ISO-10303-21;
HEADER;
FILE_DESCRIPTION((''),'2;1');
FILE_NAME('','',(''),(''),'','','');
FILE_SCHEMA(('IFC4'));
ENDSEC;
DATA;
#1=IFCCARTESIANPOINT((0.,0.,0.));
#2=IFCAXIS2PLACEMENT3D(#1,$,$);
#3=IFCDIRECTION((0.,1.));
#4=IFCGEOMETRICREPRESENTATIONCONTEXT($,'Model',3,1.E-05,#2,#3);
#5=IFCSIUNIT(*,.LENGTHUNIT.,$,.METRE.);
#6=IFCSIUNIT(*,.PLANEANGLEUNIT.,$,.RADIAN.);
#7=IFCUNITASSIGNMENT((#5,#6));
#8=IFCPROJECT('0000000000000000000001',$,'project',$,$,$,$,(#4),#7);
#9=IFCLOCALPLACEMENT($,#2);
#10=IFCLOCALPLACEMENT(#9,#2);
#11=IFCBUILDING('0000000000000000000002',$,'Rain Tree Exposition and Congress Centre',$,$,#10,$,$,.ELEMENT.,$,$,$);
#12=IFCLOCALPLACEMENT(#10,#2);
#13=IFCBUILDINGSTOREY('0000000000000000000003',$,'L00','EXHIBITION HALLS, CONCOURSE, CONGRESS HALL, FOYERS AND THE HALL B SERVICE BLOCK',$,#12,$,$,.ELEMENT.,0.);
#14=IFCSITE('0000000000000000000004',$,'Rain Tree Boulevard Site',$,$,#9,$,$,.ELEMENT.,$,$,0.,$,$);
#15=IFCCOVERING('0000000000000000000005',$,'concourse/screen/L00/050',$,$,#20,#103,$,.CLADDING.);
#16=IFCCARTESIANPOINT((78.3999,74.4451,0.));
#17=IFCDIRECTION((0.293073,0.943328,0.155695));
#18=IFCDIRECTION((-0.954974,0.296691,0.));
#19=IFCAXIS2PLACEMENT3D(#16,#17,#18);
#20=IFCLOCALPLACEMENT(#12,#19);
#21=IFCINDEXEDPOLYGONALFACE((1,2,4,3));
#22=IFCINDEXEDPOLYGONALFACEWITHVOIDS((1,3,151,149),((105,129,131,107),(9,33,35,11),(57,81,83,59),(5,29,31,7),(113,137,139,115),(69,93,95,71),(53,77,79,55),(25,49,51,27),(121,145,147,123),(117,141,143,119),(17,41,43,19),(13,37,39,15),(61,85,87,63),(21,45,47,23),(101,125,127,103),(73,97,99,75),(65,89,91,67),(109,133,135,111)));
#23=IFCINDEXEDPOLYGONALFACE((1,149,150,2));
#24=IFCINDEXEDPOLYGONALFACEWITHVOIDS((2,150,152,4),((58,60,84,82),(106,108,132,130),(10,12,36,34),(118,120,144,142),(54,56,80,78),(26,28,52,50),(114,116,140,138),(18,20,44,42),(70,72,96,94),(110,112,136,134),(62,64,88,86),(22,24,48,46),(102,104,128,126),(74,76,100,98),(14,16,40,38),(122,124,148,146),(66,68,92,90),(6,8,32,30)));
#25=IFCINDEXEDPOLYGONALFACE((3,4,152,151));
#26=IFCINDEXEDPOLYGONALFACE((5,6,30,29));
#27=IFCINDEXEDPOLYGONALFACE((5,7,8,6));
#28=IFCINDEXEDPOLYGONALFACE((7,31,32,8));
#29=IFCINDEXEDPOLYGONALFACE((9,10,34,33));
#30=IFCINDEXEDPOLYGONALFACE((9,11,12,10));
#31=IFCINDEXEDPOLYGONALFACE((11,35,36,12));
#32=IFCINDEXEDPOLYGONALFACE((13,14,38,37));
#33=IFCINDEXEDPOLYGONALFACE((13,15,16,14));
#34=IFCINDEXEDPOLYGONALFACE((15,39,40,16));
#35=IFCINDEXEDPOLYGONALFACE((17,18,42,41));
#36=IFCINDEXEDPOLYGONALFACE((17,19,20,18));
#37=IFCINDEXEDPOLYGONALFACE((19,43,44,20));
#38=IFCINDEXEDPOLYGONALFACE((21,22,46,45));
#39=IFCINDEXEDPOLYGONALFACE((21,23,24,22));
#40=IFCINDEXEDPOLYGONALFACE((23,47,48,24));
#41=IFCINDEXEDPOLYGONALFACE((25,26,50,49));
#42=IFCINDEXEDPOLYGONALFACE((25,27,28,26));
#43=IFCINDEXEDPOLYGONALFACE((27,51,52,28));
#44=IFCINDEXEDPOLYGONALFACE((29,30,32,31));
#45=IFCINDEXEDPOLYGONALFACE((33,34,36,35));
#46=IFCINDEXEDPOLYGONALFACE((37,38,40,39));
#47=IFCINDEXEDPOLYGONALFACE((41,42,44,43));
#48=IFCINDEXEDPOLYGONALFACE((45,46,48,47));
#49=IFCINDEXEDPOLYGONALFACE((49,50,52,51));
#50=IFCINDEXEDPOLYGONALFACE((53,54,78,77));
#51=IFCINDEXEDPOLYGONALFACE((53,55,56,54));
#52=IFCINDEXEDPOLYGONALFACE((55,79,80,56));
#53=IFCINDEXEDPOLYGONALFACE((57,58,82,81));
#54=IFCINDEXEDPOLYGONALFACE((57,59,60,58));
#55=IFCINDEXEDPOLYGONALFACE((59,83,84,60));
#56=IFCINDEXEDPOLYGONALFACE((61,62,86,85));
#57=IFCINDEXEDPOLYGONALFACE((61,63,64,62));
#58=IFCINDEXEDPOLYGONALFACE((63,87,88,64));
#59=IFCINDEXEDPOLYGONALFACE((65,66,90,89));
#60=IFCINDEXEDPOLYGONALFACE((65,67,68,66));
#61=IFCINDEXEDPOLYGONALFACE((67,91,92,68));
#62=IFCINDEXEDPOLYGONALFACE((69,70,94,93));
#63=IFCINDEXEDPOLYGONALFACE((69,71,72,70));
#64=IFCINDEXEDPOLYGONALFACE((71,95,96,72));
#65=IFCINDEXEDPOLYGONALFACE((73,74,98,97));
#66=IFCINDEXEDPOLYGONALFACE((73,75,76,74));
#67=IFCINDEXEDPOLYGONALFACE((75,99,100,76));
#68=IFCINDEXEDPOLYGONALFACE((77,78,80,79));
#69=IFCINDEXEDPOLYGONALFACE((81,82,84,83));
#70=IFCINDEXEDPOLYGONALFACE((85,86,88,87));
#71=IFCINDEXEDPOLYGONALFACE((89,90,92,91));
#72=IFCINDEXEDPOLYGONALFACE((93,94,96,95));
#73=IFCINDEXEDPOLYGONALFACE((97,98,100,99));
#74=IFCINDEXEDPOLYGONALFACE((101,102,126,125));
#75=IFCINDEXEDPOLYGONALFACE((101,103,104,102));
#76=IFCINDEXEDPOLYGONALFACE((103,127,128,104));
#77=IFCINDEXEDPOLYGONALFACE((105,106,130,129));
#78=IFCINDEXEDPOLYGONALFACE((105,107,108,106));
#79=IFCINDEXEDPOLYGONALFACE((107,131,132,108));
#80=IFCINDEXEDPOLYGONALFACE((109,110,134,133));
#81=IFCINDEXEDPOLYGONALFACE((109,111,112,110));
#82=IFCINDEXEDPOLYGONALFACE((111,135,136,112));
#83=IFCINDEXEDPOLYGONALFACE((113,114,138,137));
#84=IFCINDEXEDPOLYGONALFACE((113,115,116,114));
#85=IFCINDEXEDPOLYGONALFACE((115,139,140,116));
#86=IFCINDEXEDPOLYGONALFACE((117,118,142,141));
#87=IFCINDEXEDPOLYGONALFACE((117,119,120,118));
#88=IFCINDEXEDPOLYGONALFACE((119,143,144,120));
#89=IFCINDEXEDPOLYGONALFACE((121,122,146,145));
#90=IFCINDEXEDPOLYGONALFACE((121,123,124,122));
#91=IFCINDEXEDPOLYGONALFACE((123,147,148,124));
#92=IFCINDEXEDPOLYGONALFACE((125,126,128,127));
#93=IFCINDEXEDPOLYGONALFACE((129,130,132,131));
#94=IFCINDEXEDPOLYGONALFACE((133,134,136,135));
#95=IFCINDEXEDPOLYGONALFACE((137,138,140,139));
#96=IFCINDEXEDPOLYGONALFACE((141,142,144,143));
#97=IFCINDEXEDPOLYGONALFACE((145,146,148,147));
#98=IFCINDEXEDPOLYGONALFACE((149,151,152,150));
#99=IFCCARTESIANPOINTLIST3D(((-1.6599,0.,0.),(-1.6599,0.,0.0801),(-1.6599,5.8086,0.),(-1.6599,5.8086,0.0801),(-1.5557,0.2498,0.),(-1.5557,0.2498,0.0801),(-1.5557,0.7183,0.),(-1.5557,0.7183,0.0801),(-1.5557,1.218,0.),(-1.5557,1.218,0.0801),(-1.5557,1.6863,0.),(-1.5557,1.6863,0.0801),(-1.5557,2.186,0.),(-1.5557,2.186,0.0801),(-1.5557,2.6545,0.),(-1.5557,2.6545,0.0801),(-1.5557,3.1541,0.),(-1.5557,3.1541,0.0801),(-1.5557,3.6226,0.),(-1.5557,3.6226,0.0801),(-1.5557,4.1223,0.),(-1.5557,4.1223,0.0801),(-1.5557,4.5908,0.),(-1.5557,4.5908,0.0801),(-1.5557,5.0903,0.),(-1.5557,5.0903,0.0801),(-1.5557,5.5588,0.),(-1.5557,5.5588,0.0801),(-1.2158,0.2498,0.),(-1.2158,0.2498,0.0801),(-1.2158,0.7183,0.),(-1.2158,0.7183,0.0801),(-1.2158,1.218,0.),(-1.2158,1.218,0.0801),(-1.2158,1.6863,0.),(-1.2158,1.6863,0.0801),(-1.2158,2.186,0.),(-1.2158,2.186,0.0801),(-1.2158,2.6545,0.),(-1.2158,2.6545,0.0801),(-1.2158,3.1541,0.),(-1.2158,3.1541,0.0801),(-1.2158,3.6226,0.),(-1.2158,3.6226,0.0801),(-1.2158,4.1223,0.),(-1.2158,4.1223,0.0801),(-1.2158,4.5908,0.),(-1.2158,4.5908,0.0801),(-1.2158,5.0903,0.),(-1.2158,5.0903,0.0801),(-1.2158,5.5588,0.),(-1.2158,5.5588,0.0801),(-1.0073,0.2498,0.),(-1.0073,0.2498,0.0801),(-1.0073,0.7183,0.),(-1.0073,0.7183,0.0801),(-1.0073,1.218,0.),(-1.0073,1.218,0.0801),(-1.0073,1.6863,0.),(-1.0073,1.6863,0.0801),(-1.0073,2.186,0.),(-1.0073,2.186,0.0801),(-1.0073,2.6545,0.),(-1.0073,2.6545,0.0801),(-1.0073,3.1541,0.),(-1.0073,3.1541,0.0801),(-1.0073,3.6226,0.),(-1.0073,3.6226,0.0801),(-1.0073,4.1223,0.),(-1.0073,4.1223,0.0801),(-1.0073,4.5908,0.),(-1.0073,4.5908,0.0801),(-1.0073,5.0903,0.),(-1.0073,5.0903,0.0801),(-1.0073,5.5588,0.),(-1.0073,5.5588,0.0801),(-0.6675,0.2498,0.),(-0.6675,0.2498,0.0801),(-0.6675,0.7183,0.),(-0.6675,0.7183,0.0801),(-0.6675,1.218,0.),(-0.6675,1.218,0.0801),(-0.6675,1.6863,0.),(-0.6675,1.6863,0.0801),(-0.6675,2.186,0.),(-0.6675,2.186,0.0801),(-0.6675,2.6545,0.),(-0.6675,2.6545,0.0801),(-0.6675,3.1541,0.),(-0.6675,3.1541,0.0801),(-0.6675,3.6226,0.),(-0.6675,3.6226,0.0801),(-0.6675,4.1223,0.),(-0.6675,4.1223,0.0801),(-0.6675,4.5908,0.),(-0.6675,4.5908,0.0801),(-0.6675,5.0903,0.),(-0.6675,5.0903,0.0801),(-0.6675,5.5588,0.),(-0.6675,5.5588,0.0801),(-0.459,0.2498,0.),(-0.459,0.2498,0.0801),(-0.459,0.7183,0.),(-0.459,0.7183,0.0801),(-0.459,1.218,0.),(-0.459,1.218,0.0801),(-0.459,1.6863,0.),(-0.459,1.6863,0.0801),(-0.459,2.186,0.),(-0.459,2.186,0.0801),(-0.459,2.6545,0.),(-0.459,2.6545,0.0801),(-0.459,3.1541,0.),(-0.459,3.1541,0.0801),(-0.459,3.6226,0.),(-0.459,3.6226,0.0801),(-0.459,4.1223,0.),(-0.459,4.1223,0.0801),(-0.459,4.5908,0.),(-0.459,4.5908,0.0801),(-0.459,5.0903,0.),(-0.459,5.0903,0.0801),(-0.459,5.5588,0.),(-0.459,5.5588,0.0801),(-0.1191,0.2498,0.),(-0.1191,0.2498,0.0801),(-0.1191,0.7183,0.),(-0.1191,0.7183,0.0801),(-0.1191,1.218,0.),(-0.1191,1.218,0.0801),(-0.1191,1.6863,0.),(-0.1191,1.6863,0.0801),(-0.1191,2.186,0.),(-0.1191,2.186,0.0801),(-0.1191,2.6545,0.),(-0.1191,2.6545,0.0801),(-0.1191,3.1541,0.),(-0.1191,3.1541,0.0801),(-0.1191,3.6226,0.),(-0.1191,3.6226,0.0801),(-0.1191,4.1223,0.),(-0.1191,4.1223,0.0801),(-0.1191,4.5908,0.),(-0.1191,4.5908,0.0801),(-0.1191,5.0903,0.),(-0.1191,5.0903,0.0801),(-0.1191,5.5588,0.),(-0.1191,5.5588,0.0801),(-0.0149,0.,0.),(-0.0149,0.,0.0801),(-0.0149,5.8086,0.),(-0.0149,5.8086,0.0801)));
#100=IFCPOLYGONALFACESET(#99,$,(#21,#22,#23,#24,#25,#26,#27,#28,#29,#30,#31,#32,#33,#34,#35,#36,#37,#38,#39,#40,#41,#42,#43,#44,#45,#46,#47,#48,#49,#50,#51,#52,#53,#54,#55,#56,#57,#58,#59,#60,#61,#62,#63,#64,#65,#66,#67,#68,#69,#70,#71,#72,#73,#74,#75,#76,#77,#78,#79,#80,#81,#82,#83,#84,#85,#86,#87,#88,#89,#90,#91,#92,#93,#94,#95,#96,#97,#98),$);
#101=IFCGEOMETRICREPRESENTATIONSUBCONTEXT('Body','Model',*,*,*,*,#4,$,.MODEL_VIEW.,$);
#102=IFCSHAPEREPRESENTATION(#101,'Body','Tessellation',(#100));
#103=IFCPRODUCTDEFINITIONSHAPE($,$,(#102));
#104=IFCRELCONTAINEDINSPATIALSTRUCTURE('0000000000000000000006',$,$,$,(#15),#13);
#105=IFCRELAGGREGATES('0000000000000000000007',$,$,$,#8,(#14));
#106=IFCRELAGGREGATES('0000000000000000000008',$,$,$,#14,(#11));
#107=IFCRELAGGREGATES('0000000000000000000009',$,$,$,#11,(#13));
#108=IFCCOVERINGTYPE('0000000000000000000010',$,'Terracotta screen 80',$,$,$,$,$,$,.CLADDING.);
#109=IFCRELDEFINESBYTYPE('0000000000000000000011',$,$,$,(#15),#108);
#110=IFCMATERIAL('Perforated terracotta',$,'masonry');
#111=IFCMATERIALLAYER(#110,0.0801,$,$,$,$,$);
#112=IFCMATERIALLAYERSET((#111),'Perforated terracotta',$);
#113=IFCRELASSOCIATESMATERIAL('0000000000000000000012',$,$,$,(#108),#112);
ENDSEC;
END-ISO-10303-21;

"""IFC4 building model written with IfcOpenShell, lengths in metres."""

from ifc_helpers import new_model, si_unit, direction, frame, origin, place, context, subcontext, project, spatial, polyline, outline, extrude, material, layer, layer_set, type_object, element, save


model = new_model("IFC4")

# Units and contexts
model_context = context("Model", 3, precision=1e-05, world=origin(), true_north=direction((0.0, 1.0)))
body_context = subcontext(model_context, "Body", "Model", "MODEL_VIEW")
ifc_project = project(units=[si_unit("LENGTHUNIT", "METRE"), si_unit("PLANEANGLEUNIT", "RADIAN")], contexts=[model_context])

# Site, building, storey
site_placement = place(None, origin())
site = spatial("IfcSite", under=ifc_project, at=site_placement, Name="Rain Tree Boulevard Site", CompositionType="ELEMENT", RefElevation=0.0)
building_placement = place(site_placement, origin())
building = spatial("IfcBuilding", under=site, at=building_placement, Name="Rain Tree Exposition and Congress Centre", CompositionType="ELEMENT")
storey_placement = place(building_placement, origin())
storey = spatial("IfcBuildingStorey", under=building, at=storey_placement, Name="L00", Description="EXHIBITION HALLS, CONCOURSE, CONGRESS HALL, FOYERS AND THE HALL B SERVICE BLOCK", CompositionType="ELEMENT", Elevation=0.0)

# Covering
ifc_material_1 = material(Name="Perforated terracotta", Category="masonry")
ifc_layer_1 = layer(ifc_material_1, 0.0801)
ifc_layer_set_1 = layer_set([ifc_layer_1], Name="Perforated terracotta")
covering_type_1 = type_object("IfcCoveringType", Name="Terracotta screen 80", PredefinedType="CLADDING", material=ifc_layer_set_1)
covering_1_placement = place(storey_placement, frame((78.3999, 74.4451, 0.0), z_axis=(0.293073, 0.943328, 0.155695), x_axis=(-0.954974, 0.296691, 0.0)))
element("IfcCovering", 1, at=covering_1_placement, inside=storey, type_object=covering_type_1, Name="concourse/screen/L00/050", PredefinedType="CLADDING", context=body_context, shape_type="SweptSolid", body=[
    extrude(outline(polyline([(-0.0149, 0.0), (-1.6599, 0.0), (-1.6599, 5.8086), (-0.0149, 5.8086), (-0.0149, 0.0)]), holes=[polyline([(-0.1191, 0.2498), (-0.1191, 0.7183), (-0.459, 0.7183), (-0.459, 0.2498), (-0.1191, 0.2498)]), polyline([(-0.1191, 1.218), (-0.1191, 1.6863), (-0.459, 1.6863), (-0.459, 1.218), (-0.1191, 1.218)]), polyline([(-0.1191, 2.186), (-0.1191, 2.6545), (-0.459, 2.6545), (-0.459, 2.186), (-0.1191, 2.186)]), polyline([(-0.1191, 3.1541), (-0.1191, 3.6226), (-0.459, 3.6226), (-0.459, 3.1541), (-0.1191, 3.1541)]), polyline([(-0.1191, 4.1223), (-0.1191, 4.5908), (-0.459, 4.5908), (-0.459, 4.1223), (-0.1191, 4.1223)]), polyline([(-0.1191, 5.0903), (-0.1191, 5.5588), (-0.459, 5.5588), (-0.459, 5.0903), (-0.1191, 5.0903)]), polyline([(-0.6675, 0.2498), (-0.6675, 0.7183), (-1.0073, 0.7183), (-1.0073, 0.2498), (-0.6675, 0.2498)]), polyline([(-0.6675, 1.218), (-0.6675, 1.6863), (-1.0073, 1.6863), (-1.0073, 1.218), (-0.6675, 1.218)]), polyline([(-0.6675, 2.186), (-0.6675, 2.6545), (-1.0073, 2.6545), (-1.0073, 2.186), (-0.6675, 2.186)]), polyline([(-0.6675, 3.1541), (-0.6675, 3.6226), (-1.0073, 3.6226), (-1.0073, 3.1541), (-0.6675, 3.1541)]), polyline([(-0.6675, 4.1223), (-0.6675, 4.5908), (-1.0073, 4.5908), (-1.0073, 4.1223), (-0.6675, 4.1223)]), polyline([(-0.6675, 5.0903), (-0.6675, 5.5588), (-1.0073, 5.5588), (-1.0073, 5.0903), (-0.6675, 5.0903)]), polyline([(-1.2158, 0.2498), (-1.2158, 0.7183), (-1.5557, 0.7183), (-1.5557, 0.2498), (-1.2158, 0.2498)]), polyline([(-1.2158, 1.218), (-1.2158, 1.6863), (-1.5557, 1.6863), (-1.5557, 1.218), (-1.2158, 1.218)]), polyline([(-1.2158, 2.186), (-1.2158, 2.6545), (-1.5557, 2.6545), (-1.5557, 2.186), (-1.2158, 2.186)]), polyline([(-1.2158, 3.1541), (-1.2158, 3.6226), (-1.5557, 3.6226), (-1.5557, 3.1541), (-1.2158, 3.1541)]), polyline([(-1.2158, 4.1223), (-1.2158, 4.5908), (-1.5557, 4.5908), (-1.5557, 4.1223), (-1.2158, 4.1223)]), polyline([(-1.2158, 5.0903), (-1.2158, 5.5588), (-1.5557, 5.5588), (-1.5557, 5.0903), (-1.2158, 5.0903)])]), origin(), (0.0, 0.0, 1.0), 0.0801),
])

save(model, "model.ifc")
